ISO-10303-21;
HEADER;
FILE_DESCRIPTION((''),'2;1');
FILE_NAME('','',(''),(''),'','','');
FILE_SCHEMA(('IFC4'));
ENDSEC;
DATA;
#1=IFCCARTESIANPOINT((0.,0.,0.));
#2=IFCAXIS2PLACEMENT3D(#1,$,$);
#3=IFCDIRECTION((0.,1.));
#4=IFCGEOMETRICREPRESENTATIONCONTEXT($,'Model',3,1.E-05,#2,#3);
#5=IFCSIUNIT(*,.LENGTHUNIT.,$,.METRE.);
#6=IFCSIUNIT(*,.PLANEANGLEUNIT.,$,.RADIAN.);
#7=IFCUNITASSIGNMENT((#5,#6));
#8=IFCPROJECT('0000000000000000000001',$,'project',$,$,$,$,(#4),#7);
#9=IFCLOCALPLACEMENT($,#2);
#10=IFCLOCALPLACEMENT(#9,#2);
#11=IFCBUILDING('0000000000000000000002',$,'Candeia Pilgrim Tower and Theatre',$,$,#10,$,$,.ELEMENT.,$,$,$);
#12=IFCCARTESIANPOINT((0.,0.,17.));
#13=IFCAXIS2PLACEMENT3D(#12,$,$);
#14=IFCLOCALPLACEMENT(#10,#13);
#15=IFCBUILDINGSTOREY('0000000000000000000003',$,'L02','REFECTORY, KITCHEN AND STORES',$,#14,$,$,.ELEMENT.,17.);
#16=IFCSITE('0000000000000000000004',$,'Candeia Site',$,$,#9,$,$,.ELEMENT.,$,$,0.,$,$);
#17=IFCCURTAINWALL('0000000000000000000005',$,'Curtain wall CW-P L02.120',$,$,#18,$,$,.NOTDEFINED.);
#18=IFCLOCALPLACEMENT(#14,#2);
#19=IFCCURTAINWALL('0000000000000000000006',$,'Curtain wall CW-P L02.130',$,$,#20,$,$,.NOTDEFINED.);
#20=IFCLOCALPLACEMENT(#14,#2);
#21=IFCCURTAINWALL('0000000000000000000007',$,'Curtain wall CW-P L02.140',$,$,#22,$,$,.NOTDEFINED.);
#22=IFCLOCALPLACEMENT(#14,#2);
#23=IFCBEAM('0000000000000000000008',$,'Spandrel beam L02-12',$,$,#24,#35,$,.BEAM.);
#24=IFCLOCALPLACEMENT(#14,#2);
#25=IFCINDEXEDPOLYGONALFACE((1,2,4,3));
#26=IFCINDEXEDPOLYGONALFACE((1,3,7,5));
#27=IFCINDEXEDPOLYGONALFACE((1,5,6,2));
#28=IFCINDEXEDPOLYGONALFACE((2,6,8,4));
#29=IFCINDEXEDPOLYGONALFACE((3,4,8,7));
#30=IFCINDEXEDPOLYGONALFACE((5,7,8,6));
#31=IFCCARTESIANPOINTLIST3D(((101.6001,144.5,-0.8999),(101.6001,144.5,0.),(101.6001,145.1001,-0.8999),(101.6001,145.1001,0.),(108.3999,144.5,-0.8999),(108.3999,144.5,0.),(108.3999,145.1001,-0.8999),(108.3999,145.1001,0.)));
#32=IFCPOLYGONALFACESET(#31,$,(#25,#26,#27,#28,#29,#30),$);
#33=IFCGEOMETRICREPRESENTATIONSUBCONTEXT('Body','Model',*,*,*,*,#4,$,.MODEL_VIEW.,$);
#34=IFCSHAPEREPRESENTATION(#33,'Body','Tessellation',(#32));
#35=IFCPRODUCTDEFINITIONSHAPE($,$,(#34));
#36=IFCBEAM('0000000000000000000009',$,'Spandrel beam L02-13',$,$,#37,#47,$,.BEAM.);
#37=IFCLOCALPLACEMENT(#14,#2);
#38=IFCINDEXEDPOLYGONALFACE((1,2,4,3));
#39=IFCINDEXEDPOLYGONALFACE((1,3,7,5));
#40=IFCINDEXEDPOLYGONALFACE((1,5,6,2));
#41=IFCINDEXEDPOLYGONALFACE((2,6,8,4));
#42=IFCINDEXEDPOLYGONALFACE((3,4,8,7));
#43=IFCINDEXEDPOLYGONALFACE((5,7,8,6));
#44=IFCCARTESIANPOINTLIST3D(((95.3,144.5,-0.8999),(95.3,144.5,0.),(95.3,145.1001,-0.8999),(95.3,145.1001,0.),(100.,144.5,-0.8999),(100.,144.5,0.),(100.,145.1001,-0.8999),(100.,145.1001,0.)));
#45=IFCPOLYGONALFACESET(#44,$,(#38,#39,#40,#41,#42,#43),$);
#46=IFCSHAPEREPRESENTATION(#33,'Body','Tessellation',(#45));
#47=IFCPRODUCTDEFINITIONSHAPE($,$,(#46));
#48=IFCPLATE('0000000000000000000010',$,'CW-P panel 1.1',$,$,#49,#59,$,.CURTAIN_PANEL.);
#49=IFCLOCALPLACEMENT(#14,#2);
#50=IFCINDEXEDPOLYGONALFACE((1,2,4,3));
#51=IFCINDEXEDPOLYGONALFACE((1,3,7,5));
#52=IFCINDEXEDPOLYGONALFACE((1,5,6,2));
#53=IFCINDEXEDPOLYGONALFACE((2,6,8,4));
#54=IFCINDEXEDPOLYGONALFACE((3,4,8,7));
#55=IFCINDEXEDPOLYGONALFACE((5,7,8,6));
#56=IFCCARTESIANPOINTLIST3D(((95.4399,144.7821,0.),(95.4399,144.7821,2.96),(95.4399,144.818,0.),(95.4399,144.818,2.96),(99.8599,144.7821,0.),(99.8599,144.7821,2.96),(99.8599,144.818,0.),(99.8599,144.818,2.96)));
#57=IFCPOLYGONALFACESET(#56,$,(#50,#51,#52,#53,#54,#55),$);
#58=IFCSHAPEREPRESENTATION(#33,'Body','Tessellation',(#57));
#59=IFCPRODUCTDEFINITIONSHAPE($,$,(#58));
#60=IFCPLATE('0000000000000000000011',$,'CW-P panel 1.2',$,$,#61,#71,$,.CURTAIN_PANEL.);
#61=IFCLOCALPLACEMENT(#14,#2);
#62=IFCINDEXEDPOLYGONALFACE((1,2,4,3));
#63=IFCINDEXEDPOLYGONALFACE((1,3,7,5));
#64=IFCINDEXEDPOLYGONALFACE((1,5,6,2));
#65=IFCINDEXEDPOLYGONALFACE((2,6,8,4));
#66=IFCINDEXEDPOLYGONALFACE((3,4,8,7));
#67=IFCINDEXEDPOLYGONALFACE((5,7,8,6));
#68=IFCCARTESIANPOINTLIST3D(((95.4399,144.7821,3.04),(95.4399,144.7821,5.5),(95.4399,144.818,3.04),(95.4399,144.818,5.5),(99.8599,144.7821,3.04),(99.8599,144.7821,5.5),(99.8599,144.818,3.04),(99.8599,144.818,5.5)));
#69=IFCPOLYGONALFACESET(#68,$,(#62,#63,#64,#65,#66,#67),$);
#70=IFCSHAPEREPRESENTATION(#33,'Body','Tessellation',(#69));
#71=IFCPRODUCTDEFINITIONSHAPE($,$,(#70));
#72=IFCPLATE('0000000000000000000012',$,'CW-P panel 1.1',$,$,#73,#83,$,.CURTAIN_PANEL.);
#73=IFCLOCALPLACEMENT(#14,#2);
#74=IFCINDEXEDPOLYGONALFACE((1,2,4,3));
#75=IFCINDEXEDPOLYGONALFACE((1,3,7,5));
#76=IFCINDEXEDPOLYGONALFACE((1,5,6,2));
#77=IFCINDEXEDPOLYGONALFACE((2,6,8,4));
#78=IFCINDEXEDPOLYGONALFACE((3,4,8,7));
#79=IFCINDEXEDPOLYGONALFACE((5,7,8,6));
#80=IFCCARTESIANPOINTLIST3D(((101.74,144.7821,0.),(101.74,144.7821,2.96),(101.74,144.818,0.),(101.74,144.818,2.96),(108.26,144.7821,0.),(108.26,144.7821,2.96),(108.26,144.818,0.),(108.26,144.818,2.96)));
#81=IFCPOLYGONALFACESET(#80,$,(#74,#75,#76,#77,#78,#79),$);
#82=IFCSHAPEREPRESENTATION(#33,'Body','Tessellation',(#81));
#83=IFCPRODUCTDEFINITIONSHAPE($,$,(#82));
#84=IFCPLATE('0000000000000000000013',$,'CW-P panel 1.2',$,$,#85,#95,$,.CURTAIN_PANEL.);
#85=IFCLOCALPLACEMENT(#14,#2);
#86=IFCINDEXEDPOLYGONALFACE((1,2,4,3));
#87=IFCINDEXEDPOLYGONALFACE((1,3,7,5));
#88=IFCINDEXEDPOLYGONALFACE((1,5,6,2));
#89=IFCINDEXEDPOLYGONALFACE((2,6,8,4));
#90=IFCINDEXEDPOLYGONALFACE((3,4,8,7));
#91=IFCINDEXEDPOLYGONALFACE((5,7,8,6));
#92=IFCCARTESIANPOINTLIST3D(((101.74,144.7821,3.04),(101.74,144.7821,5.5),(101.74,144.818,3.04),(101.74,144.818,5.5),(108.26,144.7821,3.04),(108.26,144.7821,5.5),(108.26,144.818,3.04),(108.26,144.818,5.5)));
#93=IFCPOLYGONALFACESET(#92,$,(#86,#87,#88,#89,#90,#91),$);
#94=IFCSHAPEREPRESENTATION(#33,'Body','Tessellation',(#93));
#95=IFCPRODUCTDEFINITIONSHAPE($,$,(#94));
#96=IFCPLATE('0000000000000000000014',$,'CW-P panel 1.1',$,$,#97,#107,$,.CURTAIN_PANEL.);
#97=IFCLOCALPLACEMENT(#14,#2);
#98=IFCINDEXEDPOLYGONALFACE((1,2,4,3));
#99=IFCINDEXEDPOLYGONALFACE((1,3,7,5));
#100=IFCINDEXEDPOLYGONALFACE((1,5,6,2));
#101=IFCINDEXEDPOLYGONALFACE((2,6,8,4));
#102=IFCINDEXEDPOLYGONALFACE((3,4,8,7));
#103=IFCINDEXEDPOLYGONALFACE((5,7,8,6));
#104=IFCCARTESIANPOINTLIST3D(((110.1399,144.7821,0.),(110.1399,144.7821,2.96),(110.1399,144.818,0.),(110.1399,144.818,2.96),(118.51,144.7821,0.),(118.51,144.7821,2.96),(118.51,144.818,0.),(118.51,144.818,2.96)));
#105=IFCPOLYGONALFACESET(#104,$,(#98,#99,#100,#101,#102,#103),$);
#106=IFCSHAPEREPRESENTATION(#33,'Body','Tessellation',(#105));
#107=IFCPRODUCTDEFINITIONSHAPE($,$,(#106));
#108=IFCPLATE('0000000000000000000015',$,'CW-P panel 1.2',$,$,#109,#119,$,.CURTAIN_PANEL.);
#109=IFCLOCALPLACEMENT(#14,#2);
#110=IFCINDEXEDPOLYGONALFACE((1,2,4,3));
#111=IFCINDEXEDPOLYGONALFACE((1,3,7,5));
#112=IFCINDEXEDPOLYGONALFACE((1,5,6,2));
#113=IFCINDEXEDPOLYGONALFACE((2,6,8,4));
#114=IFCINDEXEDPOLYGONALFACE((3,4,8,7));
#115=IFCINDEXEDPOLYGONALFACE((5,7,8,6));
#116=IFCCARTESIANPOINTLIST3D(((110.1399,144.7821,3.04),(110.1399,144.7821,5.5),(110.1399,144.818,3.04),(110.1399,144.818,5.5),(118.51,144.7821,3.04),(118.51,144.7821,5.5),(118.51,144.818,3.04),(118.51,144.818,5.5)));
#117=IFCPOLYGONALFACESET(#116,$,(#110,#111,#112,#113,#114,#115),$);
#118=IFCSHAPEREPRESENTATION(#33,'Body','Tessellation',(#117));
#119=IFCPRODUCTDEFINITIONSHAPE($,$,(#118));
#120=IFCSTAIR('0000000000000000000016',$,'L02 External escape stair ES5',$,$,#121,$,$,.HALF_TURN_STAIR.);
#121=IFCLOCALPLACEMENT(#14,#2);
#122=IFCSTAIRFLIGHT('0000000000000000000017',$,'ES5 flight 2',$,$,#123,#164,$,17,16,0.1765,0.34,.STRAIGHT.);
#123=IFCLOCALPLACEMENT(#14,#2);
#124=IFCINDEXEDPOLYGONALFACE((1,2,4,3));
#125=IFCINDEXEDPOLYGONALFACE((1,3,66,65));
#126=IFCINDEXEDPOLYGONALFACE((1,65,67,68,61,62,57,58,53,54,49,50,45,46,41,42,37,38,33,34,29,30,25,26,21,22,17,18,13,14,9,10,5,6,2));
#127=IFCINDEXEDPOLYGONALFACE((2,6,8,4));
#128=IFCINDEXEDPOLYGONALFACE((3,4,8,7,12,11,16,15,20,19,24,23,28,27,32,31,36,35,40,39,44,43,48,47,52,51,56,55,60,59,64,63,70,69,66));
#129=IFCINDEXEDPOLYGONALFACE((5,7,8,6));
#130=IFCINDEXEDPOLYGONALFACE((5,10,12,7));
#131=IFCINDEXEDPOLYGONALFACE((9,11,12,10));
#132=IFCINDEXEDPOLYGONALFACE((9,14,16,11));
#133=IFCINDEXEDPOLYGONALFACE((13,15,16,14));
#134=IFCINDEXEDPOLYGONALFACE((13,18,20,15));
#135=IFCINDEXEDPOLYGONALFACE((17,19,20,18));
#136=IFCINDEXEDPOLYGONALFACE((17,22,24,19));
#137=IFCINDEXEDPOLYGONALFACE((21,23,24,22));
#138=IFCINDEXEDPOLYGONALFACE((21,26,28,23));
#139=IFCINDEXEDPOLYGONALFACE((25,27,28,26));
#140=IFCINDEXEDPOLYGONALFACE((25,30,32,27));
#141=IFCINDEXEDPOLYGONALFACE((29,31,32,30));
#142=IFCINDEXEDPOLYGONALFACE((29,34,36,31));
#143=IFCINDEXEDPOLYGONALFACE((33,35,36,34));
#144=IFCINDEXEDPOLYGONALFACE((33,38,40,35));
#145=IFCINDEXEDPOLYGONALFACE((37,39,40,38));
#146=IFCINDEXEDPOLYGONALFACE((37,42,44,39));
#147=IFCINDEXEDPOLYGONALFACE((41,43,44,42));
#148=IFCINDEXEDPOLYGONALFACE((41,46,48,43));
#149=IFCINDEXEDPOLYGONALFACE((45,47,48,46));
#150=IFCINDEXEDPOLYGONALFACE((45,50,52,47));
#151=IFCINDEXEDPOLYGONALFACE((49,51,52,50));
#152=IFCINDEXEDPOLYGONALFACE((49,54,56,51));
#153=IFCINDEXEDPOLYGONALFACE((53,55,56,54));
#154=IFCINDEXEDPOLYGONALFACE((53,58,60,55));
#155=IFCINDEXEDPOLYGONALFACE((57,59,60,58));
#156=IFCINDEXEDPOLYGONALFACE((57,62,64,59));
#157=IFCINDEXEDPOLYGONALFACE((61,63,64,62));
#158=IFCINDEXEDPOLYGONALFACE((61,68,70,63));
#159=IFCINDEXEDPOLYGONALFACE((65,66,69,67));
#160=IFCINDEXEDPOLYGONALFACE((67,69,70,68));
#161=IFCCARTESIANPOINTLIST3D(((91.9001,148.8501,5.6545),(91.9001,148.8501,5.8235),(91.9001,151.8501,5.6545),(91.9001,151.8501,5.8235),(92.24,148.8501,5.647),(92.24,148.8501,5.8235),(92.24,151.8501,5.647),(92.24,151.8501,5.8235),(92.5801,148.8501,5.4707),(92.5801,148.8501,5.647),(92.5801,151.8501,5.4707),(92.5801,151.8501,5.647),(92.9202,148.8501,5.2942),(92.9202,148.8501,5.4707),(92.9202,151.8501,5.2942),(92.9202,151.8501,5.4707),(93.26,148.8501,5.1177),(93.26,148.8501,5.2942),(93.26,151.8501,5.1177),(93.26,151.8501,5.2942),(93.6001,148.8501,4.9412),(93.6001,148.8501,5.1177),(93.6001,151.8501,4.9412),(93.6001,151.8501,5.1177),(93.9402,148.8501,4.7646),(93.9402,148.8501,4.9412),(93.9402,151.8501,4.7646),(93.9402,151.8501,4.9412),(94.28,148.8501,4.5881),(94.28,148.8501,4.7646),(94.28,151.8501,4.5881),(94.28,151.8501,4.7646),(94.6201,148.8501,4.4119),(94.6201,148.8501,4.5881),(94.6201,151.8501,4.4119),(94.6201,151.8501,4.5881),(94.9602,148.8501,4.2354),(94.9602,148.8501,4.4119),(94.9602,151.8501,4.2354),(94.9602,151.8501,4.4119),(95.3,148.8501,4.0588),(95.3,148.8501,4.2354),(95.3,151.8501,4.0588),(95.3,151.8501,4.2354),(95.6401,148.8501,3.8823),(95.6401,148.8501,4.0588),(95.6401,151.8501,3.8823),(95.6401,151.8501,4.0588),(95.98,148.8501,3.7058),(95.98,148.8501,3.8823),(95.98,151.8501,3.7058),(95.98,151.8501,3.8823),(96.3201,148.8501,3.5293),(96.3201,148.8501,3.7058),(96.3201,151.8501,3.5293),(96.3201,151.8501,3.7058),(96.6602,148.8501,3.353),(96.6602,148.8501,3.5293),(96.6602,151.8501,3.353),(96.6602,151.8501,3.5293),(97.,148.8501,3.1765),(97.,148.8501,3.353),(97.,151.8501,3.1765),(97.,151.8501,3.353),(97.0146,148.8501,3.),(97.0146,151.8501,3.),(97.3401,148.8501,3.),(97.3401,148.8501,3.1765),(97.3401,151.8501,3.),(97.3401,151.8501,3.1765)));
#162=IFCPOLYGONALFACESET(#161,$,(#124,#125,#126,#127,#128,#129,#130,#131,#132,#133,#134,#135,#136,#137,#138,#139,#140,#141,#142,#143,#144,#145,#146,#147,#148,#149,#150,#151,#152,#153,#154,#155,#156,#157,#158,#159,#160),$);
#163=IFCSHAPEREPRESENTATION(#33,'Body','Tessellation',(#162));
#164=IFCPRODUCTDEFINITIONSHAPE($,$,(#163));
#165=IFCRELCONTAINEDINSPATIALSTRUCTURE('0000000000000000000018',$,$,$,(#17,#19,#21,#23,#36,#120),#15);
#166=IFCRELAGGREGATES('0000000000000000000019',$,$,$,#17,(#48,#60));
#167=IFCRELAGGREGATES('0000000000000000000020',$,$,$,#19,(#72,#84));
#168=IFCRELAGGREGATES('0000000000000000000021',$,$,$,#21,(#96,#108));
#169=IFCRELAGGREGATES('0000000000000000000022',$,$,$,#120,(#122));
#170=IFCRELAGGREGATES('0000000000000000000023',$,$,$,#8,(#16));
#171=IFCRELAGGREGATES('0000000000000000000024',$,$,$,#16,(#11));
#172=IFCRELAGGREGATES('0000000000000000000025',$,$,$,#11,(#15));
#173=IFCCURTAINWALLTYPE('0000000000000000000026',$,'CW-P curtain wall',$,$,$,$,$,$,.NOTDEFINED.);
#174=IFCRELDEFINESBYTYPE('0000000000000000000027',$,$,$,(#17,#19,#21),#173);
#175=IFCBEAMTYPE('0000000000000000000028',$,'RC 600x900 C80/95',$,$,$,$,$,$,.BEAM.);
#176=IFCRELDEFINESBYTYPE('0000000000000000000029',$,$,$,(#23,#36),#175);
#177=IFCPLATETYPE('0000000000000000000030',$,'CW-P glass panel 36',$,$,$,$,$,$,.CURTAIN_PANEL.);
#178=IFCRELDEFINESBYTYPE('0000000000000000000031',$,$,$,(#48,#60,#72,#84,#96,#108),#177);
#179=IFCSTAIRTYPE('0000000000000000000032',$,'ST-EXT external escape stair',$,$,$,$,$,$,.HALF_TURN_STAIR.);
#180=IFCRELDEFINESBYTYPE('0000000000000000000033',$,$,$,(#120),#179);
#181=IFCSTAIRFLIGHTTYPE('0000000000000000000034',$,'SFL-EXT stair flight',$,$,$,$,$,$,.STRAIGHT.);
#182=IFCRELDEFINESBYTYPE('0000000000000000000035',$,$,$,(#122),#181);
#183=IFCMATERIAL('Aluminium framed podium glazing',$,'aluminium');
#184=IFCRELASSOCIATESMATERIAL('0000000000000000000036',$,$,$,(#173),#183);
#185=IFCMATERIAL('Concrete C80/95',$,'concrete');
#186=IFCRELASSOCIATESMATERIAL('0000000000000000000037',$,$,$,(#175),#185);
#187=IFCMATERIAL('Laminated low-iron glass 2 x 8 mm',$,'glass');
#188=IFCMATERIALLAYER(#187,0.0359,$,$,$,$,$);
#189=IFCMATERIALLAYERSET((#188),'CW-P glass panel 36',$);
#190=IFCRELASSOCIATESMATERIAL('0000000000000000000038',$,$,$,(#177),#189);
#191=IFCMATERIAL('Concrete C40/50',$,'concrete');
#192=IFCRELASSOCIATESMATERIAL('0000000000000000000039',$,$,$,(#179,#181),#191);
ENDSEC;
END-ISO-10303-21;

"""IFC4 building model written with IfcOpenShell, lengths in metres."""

from ifc_helpers import new_model, si_unit, direction, frame, origin, origin_2d, place, context, subcontext, project, spatial, polyline, rectangle, outline, extrude, material, layer, layer_set, material_profile, profile_set, type_object, element, aggregate, save


model = new_model("IFC4")

# Units and contexts
model_context = context("Model", 3, precision=1e-05, world=origin(), true_north=direction((0.0, 1.0)))
body_context = subcontext(model_context, "Body", "Model", "MODEL_VIEW")
ifc_project = project(units=[si_unit("LENGTHUNIT", "METRE"), si_unit("PLANEANGLEUNIT", "RADIAN")], contexts=[model_context])

# Site, building, storey
site_placement = place(None, origin())
site = spatial("IfcSite", under=ifc_project, at=site_placement, Name="Candeia Site", CompositionType="ELEMENT", RefElevation=0.0)
building_placement = place(site_placement, origin())
building = spatial("IfcBuilding", under=site, at=building_placement, Name="Candeia Pilgrim Tower and Theatre", CompositionType="ELEMENT")
storey_placement = place(building_placement, frame((0.0, 0.0, 17.0)))
storey = spatial("IfcBuildingStorey", under=building, at=storey_placement, Name="L02", Description="REFECTORY, KITCHEN AND STORES", CompositionType="ELEMENT", Elevation=17.0)

# Shared definitions
ifc_material_1 = material(Name="Concrete C40/50", Category="concrete")
ifc_material_2 = material(Name="Concrete C80/95", Category="concrete")

# Curtain wall
ifc_material_3 = material(Name="Aluminium framed podium glazing", Category="aluminium")
curtain_wall_type = type_object("IfcCurtainWallType", Name="CW-P curtain wall", PredefinedType="NOTDEFINED", material=ifc_material_3)
curtain_wall_1_placement = place(storey_placement, origin())
curtain_wall_1 = element("IfcCurtainWall", 1, at=curtain_wall_1_placement, inside=storey, type_object=curtain_wall_type, Name="Curtain wall CW-P L02.120", PredefinedType="NOTDEFINED")

# Curtain wall
curtain_wall_2_placement = place(storey_placement, origin())
curtain_wall_2 = element("IfcCurtainWall", 2, at=curtain_wall_2_placement, inside=storey, type_object=curtain_wall_type, Name="Curtain wall CW-P L02.130", PredefinedType="NOTDEFINED")

# Curtain wall
curtain_wall_3_placement = place(storey_placement, origin())
curtain_wall_3 = element("IfcCurtainWall", 3, at=curtain_wall_3_placement, inside=storey, type_object=curtain_wall_type, Name="Curtain wall CW-P L02.140", PredefinedType="NOTDEFINED")

# Beams
ifc_material_profile_1 = material_profile(ifc_material_2, rectangle(XDim=0.6001, YDim=0.8999, at=origin_2d()))
ifc_profile_set_1 = profile_set([ifc_material_profile_1], Name="Concrete C80/95")
beam_type = type_object("IfcBeamType", Name="RC 600x900 C80/95", PredefinedType="BEAM", material=ifc_profile_set_1)
beam_1_placement = place(storey_placement, frame((108.3999, 144.8, -0.45), z_axis=(-1.0, 0.0, 0.0), x_axis=(0.0, -1.0, 0.0)))
element("IfcBeam", 4, at=beam_1_placement, inside=storey, type_object=beam_type, Name="Spandrel beam L02-12", PredefinedType="BEAM", context=body_context, shape_type="SweptSolid", body=[
    extrude(rectangle(XDim=0.6001, YDim=0.8999, at=origin_2d()), origin(), (0.0, 0.0, 1.0), 6.7998),
])
beam_2_placement = place(storey_placement, frame((100.0, 144.8, -0.45), z_axis=(-1.0, 0.0, 0.0), x_axis=(0.0, -1.0, 0.0)))
element("IfcBeam", 5, at=beam_2_placement, inside=storey, type_object=beam_type, Name="Spandrel beam L02-13", PredefinedType="BEAM", context=body_context, shape_type="SweptSolid", body=[
    extrude(rectangle(XDim=0.6001, YDim=0.8999, at=origin_2d()), origin(), (0.0, 0.0, 1.0), 4.7),
])

# Plates
ifc_material_4 = material(Name="Laminated low-iron glass 2 x 8 mm", Category="glass")
ifc_layer = layer(ifc_material_4, 0.0359)
ifc_layer_set = layer_set([ifc_layer], Name="CW-P glass panel 36")
plate_type = type_object("IfcPlateType", Name="CW-P glass panel 36", PredefinedType="CURTAIN_PANEL", material=ifc_layer_set)
plate_1_placement = place(storey_placement, frame((97.6499, 144.8, 0.0), z_axis=(0.0, 0.0, 1.0), x_axis=(1.0, 0.0, 0.0)))
plate_1 = element("IfcPlate", 6, at=plate_1_placement, type_object=plate_type, Name="CW-P panel 1.1", PredefinedType="CURTAIN_PANEL", context=body_context, shape_type="SweptSolid", body=[
    extrude(rectangle(XDim=4.4199, YDim=0.0359, at=origin_2d()), origin(), (0.0, 0.0, 1.0), 2.96),
])
plate_2_placement = place(storey_placement, frame((97.6499, 144.8, 3.04), z_axis=(0.0, 0.0, 1.0), x_axis=(1.0, 0.0, 0.0)))
plate_2 = element("IfcPlate", 7, at=plate_2_placement, type_object=plate_type, Name="CW-P panel 1.2", PredefinedType="CURTAIN_PANEL", context=body_context, shape_type="SweptSolid", body=[
    extrude(rectangle(XDim=4.4199, YDim=0.0359, at=origin_2d()), origin(), (0.0, 0.0, 1.0), 2.46),
])
aggregate(curtain_wall_1, [plate_1, plate_2])
plate_3_placement = place(storey_placement, frame((105.0, 144.8, 0.0), z_axis=(0.0, 0.0, 1.0), x_axis=(1.0, 0.0, 0.0)))
plate_3 = element("IfcPlate", 8, at=plate_3_placement, type_object=plate_type, Name="CW-P panel 1.1", PredefinedType="CURTAIN_PANEL", context=body_context, shape_type="SweptSolid", body=[
    extrude(rectangle(XDim=6.52, YDim=0.0359, at=origin_2d()), origin(), (0.0, 0.0, 1.0), 2.96),
])
plate_4_placement = place(storey_placement, frame((105.0, 144.8, 3.04), z_axis=(0.0, 0.0, 1.0), x_axis=(1.0, 0.0, 0.0)))
plate_4 = element("IfcPlate", 9, at=plate_4_placement, type_object=plate_type, Name="CW-P panel 1.2", PredefinedType="CURTAIN_PANEL", context=body_context, shape_type="SweptSolid", body=[
    extrude(rectangle(XDim=6.52, YDim=0.0359, at=origin_2d()), origin(), (0.0, 0.0, 1.0), 2.46),
])
aggregate(curtain_wall_2, [plate_3, plate_4])
plate_5_placement = place(storey_placement, frame((114.325, 144.8, 0.0), z_axis=(0.0, 0.0, 1.0), x_axis=(1.0, 0.0, 0.0)))
plate_5 = element("IfcPlate", 10, at=plate_5_placement, type_object=plate_type, Name="CW-P panel 1.1", PredefinedType="CURTAIN_PANEL", context=body_context, shape_type="SweptSolid", body=[
    extrude(rectangle(XDim=8.3701, YDim=0.0359, at=origin_2d()), origin(), (0.0, 0.0, 1.0), 2.96),
])
plate_6_placement = place(storey_placement, frame((114.325, 144.8, 3.04), z_axis=(0.0, 0.0, 1.0), x_axis=(1.0, 0.0, 0.0)))
plate_6 = element("IfcPlate", 11, at=plate_6_placement, type_object=plate_type, Name="CW-P panel 1.2", PredefinedType="CURTAIN_PANEL", context=body_context, shape_type="SweptSolid", body=[
    extrude(rectangle(XDim=8.3701, YDim=0.0359, at=origin_2d()), origin(), (0.0, 0.0, 1.0), 2.46),
])
aggregate(curtain_wall_3, [plate_5, plate_6])

# Stair, stair flight
stair_type = type_object("IfcStairType", Name="ST-EXT external escape stair", PredefinedType="HALF_TURN_STAIR", material=ifc_material_1)
stair_1_placement = place(storey_placement, origin())
stair_1 = element("IfcStair", 12, at=stair_1_placement, inside=storey, type_object=stair_type, Name="L02 External escape stair ES5", PredefinedType="HALF_TURN_STAIR")
stair_flight_type = type_object("IfcStairFlightType", Name="SFL-EXT stair flight", PredefinedType="STRAIGHT", material=ifc_material_1)
stair_flight_1_placement = place(storey_placement, frame((97.3401, 150.3501, 3.0), z_axis=(0.0, 0.0, 1.0), x_axis=(-1.0, 0.0, 0.0)))
stair_flight_1 = element("IfcStairFlight", 13, at=stair_flight_1_placement, type_object=stair_flight_type, Name="ES5 flight 2", NumberOfRisers=17, NumberOfTreads=16, PredefinedType="STRAIGHT", RiserHeight=0.1765, TreadLength=0.34, context=body_context, shape_type="SweptSolid", body=[
    extrude(outline(polyline([(0.0, 0.0), (0.0, 0.1765), (0.3401, 0.1765), (0.3401, 0.353), (0.6799, 0.353), (0.6799, 0.5293), (1.02, 0.5293), (1.02, 0.7058), (1.3601, 0.7058), (1.3601, 0.8823), (1.7, 0.8823), (1.7, 1.0588), (2.04, 1.0588), (2.04, 1.2354), (2.3799, 1.2354), (2.3799, 1.4119), (2.72, 1.4119), (2.72, 1.5881), (3.0601, 1.5881), (3.0601, 1.7646), (3.3999, 1.7646), (3.3999, 1.9412), (3.74, 1.9412), (3.74, 2.1177), (4.0801, 2.1177), (4.0801, 2.2942), (4.4199, 2.2942), (4.4199, 2.4707), (4.76, 2.4707), (4.76, 2.647), (5.1001, 2.647), (5.1001, 2.8235), (5.4399, 2.8235), (5.4399, 3.0), (5.4399, 2.6545), (0.3254, 0.0), (0.0, 0.0)])), frame((0.0, 1.5, 0.0), z_axis=(0.0, -1.0, 0.0), x_axis=(1.0, 0.0, 0.0)), (0.0, 0.0, 1.0), 3.0),
])
aggregate(stair_1, [stair_flight_1])

save(model, "model.ifc")
